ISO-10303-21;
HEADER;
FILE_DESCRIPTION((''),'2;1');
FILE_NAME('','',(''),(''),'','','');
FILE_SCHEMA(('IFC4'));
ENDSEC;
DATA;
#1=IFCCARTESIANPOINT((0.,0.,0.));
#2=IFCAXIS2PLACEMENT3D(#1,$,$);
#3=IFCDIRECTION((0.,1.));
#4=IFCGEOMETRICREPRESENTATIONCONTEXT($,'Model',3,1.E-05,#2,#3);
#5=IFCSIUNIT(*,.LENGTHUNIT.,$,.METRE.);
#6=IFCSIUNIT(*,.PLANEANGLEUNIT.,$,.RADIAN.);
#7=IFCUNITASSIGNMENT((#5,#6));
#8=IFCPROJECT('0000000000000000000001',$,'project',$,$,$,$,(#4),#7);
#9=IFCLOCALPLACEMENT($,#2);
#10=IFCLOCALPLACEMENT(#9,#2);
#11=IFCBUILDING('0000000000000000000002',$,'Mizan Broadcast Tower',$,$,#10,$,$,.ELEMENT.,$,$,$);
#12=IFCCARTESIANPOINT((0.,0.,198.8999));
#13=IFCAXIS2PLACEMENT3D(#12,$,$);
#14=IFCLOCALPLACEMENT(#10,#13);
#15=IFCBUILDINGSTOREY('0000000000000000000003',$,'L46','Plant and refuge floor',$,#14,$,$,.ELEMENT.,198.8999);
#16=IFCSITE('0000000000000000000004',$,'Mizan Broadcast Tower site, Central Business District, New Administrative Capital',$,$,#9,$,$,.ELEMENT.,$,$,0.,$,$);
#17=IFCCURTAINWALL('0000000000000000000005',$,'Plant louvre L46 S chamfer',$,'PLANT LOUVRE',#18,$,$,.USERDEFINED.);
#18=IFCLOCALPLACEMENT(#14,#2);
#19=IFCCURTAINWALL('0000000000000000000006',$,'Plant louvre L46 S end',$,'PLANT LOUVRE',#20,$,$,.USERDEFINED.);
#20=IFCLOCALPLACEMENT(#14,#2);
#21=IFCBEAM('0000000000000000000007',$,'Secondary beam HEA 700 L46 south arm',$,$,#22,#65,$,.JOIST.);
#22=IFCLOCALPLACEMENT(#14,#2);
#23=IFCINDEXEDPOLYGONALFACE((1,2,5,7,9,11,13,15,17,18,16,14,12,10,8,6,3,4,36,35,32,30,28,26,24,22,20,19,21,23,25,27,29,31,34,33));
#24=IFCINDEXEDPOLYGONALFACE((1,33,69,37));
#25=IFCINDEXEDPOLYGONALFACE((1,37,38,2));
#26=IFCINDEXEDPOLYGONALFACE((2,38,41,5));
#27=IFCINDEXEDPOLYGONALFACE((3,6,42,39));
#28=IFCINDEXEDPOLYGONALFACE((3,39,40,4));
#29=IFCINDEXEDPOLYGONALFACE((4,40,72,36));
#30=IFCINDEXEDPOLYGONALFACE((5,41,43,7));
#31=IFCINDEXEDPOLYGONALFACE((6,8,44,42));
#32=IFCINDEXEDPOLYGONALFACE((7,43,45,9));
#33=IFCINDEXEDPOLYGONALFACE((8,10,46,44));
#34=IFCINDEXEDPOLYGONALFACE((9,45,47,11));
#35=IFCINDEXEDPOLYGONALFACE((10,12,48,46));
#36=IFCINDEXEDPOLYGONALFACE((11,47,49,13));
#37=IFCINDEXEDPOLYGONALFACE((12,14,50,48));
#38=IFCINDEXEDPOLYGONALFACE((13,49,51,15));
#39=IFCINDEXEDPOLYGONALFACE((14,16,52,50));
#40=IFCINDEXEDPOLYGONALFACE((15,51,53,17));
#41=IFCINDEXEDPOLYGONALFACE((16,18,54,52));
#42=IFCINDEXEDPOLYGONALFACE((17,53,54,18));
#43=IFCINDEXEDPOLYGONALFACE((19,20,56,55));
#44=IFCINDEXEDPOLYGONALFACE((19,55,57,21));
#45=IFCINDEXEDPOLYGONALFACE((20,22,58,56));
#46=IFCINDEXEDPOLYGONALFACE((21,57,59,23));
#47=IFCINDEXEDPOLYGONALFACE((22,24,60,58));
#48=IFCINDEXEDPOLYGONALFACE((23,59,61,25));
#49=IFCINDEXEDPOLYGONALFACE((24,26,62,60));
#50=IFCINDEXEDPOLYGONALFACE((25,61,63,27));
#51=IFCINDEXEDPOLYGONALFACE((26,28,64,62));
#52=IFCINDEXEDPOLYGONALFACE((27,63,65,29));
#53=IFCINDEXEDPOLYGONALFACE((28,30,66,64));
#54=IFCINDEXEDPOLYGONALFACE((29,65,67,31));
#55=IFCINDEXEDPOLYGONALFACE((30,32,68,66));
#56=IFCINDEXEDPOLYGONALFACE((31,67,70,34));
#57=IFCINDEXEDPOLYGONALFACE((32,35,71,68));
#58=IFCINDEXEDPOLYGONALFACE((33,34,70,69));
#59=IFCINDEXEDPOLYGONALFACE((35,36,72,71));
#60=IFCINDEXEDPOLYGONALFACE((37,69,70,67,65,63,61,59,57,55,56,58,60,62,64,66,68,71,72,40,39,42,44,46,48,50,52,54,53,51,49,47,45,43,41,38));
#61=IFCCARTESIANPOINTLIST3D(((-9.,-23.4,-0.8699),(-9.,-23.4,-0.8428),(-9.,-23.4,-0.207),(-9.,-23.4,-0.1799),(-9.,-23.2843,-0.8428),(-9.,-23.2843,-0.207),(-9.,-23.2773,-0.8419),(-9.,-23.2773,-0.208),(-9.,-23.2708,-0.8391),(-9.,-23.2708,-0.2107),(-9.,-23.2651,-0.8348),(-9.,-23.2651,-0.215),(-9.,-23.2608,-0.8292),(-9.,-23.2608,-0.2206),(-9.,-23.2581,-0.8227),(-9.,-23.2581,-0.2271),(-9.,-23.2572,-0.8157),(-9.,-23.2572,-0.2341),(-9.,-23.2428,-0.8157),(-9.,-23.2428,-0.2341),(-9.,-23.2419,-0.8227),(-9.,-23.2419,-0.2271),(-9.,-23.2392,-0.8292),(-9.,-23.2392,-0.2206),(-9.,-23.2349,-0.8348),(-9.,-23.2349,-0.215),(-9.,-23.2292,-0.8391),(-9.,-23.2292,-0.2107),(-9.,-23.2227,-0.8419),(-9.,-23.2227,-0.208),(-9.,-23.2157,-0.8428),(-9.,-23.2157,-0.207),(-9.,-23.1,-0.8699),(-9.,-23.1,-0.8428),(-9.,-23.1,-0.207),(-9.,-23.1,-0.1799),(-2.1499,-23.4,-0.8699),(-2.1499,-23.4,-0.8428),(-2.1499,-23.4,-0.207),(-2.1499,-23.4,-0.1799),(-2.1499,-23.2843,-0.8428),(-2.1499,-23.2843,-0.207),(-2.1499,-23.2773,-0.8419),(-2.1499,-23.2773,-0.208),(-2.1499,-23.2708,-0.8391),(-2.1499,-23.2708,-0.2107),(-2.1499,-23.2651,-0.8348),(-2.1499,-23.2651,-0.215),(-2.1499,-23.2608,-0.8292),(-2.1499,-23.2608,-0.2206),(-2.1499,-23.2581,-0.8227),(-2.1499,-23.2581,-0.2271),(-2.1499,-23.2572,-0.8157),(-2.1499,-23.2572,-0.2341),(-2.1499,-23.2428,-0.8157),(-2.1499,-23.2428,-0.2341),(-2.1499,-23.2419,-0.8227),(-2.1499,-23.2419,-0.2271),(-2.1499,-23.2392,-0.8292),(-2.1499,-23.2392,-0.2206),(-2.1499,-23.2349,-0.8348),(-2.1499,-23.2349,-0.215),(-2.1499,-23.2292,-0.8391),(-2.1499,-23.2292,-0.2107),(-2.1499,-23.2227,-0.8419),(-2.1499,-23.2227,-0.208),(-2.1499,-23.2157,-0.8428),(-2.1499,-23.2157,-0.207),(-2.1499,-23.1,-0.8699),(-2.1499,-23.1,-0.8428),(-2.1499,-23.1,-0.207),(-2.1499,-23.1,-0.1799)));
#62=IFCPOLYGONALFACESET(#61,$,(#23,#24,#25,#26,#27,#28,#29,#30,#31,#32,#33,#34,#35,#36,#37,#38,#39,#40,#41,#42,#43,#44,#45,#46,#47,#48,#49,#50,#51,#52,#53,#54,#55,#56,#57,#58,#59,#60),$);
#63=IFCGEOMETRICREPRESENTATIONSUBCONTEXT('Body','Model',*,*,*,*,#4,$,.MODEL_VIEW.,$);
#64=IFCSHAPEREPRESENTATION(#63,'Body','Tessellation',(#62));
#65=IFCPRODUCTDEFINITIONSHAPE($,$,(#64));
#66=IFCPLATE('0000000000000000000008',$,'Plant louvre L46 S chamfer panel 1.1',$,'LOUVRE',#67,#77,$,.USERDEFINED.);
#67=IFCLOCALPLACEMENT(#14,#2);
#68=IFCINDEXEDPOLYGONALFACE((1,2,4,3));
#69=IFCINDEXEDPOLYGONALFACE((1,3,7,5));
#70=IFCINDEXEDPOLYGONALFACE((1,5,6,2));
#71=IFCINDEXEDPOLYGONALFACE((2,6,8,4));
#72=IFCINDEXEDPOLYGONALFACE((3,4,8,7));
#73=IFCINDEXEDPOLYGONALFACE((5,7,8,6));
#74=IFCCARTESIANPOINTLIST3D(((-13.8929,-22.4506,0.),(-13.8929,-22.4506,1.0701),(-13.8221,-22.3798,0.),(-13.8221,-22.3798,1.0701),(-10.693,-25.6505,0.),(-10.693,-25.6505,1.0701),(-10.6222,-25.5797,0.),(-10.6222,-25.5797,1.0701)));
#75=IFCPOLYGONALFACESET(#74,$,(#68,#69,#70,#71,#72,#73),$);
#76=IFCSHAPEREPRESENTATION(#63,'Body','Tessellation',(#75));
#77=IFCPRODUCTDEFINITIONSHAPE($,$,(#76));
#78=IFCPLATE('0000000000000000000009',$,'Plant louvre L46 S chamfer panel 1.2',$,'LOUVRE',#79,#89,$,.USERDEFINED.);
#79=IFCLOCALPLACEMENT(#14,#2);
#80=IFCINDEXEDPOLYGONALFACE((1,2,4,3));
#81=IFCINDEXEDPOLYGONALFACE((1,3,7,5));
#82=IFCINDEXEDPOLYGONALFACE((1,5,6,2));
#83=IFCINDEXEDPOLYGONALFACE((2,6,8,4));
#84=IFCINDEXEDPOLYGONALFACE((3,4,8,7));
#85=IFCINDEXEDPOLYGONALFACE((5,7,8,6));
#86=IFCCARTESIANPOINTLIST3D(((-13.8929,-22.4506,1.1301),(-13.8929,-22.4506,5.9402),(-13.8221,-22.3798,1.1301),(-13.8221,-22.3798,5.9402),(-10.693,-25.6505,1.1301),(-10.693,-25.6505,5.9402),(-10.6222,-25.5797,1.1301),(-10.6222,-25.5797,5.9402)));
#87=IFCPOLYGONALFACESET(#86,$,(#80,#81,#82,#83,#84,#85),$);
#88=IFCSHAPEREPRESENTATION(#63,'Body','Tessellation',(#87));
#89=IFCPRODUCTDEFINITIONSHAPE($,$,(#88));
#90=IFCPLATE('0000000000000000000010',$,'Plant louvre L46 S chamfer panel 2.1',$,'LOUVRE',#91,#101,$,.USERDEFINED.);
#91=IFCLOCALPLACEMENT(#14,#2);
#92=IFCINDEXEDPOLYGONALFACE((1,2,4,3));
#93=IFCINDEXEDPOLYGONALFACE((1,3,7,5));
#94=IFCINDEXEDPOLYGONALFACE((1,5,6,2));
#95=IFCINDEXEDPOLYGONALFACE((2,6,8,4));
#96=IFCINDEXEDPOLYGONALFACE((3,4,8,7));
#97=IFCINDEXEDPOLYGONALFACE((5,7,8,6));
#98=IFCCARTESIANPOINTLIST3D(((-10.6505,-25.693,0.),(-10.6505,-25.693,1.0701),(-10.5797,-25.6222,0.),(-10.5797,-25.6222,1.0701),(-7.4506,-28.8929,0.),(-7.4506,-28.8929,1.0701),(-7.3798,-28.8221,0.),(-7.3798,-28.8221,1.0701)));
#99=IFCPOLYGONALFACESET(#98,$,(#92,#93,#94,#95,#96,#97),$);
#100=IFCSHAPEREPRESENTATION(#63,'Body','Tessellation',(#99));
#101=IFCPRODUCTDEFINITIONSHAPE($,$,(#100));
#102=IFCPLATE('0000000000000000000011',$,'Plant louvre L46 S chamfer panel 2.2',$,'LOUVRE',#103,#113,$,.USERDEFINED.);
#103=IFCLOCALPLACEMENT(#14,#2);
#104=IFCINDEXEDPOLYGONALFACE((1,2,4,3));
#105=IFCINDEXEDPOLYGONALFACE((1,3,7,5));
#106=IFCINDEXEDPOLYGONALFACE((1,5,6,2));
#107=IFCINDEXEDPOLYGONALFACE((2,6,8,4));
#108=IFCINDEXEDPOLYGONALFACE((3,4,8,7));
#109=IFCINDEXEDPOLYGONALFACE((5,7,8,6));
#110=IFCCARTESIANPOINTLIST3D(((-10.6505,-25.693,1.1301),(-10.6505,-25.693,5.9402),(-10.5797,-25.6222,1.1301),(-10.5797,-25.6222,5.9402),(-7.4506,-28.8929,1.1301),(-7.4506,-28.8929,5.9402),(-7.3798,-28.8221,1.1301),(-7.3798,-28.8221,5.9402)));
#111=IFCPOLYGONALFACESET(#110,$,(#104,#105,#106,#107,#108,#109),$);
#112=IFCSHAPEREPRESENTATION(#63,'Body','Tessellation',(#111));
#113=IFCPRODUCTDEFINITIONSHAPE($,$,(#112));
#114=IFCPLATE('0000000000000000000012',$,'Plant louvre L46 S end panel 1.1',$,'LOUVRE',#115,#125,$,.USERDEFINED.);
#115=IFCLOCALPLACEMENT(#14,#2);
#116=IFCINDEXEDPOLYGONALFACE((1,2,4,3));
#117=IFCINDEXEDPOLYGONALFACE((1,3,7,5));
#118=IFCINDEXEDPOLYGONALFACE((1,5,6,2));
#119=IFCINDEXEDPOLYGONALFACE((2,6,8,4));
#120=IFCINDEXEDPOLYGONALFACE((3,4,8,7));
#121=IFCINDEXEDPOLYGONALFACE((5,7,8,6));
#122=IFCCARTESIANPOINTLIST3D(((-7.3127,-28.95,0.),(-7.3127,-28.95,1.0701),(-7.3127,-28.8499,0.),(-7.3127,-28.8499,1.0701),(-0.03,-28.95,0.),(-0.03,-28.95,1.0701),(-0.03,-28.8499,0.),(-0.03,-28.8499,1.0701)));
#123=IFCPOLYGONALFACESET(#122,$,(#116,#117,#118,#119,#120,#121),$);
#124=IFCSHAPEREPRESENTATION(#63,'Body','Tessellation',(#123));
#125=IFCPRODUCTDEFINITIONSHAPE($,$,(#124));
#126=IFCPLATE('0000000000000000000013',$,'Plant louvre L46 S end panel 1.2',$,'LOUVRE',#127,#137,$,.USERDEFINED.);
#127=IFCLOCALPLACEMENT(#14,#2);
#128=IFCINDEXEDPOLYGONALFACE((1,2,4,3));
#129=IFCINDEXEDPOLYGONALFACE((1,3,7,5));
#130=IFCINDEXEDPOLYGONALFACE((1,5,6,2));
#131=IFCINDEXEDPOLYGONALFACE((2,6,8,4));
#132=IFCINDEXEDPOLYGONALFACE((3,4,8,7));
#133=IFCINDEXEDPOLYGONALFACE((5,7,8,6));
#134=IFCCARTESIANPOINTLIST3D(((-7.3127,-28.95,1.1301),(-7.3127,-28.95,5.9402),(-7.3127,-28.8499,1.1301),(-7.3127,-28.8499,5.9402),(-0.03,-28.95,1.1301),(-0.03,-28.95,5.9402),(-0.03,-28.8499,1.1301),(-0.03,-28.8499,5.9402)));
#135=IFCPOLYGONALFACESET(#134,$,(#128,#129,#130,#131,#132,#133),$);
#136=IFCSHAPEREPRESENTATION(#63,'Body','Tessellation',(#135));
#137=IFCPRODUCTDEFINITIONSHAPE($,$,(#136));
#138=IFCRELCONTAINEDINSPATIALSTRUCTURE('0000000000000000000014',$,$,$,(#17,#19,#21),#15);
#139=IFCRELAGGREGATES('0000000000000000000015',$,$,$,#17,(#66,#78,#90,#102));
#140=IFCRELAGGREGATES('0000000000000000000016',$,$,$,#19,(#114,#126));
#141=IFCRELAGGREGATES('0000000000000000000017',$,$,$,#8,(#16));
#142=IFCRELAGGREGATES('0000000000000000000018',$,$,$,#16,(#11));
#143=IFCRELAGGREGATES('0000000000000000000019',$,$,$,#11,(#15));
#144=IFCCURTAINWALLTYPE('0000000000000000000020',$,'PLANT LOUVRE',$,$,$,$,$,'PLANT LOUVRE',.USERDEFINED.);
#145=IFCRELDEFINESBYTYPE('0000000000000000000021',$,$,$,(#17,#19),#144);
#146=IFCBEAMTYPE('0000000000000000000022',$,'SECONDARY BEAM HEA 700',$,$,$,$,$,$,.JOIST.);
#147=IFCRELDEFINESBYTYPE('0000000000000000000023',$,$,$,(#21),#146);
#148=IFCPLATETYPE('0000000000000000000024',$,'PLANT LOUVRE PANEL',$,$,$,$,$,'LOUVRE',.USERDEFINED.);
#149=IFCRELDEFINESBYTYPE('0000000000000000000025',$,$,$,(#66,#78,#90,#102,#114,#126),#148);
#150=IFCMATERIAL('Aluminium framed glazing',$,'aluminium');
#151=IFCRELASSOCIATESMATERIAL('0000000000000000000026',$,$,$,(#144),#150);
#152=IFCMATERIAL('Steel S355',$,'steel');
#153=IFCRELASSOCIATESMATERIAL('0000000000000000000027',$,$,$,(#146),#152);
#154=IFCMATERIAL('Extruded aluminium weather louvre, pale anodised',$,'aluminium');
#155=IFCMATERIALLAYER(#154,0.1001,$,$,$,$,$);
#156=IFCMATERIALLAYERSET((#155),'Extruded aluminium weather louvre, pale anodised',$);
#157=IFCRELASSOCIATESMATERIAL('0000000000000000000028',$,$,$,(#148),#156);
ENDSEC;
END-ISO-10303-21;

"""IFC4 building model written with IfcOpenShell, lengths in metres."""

from ifc_helpers import new_model, si_unit, direction, frame, origin, origin_2d, place, context, subcontext, project, spatial, rectangle, i_section, extrude, material, layer, layer_set, material_profile, profile_set, type_object, element, aggregate, save


model = new_model("IFC4")

# Units and contexts
model_context = context("Model", 3, precision=1e-05, world=origin(), true_north=direction((0.0, 1.0)))
body_context = subcontext(model_context, "Body", "Model", "MODEL_VIEW")
ifc_project = project(units=[si_unit("LENGTHUNIT", "METRE"), si_unit("PLANEANGLEUNIT", "RADIAN")], contexts=[model_context])

# Site, building, storey
site_placement = place(None, origin())
site = spatial("IfcSite", under=ifc_project, at=site_placement, Name="Mizan Broadcast Tower site, Central Business District, New Administrative Capital", CompositionType="ELEMENT", RefElevation=0.0)
building_placement = place(site_placement, origin())
building = spatial("IfcBuilding", under=site, at=building_placement, Name="Mizan Broadcast Tower", CompositionType="ELEMENT")
storey_placement = place(building_placement, frame((0.0, 0.0, 198.8999)))
storey = spatial("IfcBuildingStorey", under=building, at=storey_placement, Name="L46", Description="Plant and refuge floor", CompositionType="ELEMENT", Elevation=198.8999)

# Curtain walls
ifc_material_1 = material(Name="Aluminium framed glazing", Category="aluminium")
curtain_wall_type = type_object("IfcCurtainWallType", Name="PLANT LOUVRE", ElementType="PLANT LOUVRE", PredefinedType="USERDEFINED", material=ifc_material_1)
curtain_wall_1_placement = place(storey_placement, origin())
curtain_wall_1 = element("IfcCurtainWall", 1, at=curtain_wall_1_placement, inside=storey, type_object=curtain_wall_type, Name="Plant louvre L46 S chamfer", ObjectType="PLANT LOUVRE", PredefinedType="USERDEFINED")
curtain_wall_2_placement = place(storey_placement, origin())
curtain_wall_2 = element("IfcCurtainWall", 2, at=curtain_wall_2_placement, inside=storey, type_object=curtain_wall_type, Name="Plant louvre L46 S end", ObjectType="PLANT LOUVRE", PredefinedType="USERDEFINED")

# Beam
ifc_material_2 = material(Name="Steel S355", Category="steel")
ifc_material_profile_1 = material_profile(ifc_material_2, i_section(OverallWidth=0.3, OverallDepth=0.6899, WebThickness=0.0144, FlangeThickness=0.0271, FilletRadius=0.0271, at=origin_2d()), Name="HEA 700")
ifc_profile_set_1 = profile_set([ifc_material_profile_1], Name="Steel S355")
beam_type_1 = type_object("IfcBeamType", Name="SECONDARY BEAM HEA 700", PredefinedType="JOIST", material=ifc_profile_set_1)
beam_1_placement = place(storey_placement, frame((-9.0, -23.25, -0.5249), z_axis=(1.0, 0.0, 0.0), x_axis=(0.0, 1.0, 0.0)))
element("IfcBeam", 3, at=beam_1_placement, inside=storey, type_object=beam_type_1, Name="Secondary beam HEA 700 L46 south arm", PredefinedType="JOIST", context=body_context, shape_type="SweptSolid", body=[
    extrude(i_section(OverallWidth=0.3, OverallDepth=0.6899, WebThickness=0.0144, FlangeThickness=0.0271, FilletRadius=0.0271, at=origin_2d()), origin(), (0.0, 0.0, 1.0), 6.8501),
])

# Plates
ifc_material_3 = material(Name="Extruded aluminium weather louvre, pale anodised", Category="aluminium")
ifc_layer = layer(ifc_material_3, 0.1001)
ifc_layer_set = layer_set([ifc_layer], Name="Extruded aluminium weather louvre, pale anodised")
plate_type = type_object("IfcPlateType", Name="PLANT LOUVRE PANEL", ElementType="LOUVRE", PredefinedType="USERDEFINED", material=ifc_layer_set)
plate_1_placement = place(storey_placement, frame((-12.2576, -24.0151, 0.0), z_axis=(0.0, 0.0, 1.0), x_axis=(0.707107, -0.707107, 0.0)))
plate_1 = element("IfcPlate", 4, at=plate_1_placement, type_object=plate_type, Name="Plant louvre L46 S chamfer panel 1.1", ObjectType="LOUVRE", PredefinedType="USERDEFINED", context=body_context, shape_type="SweptSolid", body=[
    extrude(rectangle(XDim=4.5254, YDim=0.1001, at=origin_2d()), origin(), (0.0, 0.0, 1.0), 1.0701),
])
plate_2_placement = place(storey_placement, frame((-12.2576, -24.0151, 1.1301), z_axis=(0.0, 0.0, 1.0), x_axis=(0.707107, -0.707107, 0.0)))
plate_2 = element("IfcPlate", 5, at=plate_2_placement, type_object=plate_type, Name="Plant louvre L46 S chamfer panel 1.2", ObjectType="LOUVRE", PredefinedType="USERDEFINED", context=body_context, shape_type="SweptSolid", body=[
    extrude(rectangle(XDim=4.5254, YDim=0.1001, at=origin_2d()), origin(), (0.0, 0.0, 1.0), 4.8101),
])
plate_3_placement = place(storey_placement, frame((-9.0151, -27.2576, 0.0), z_axis=(0.0, 0.0, 1.0), x_axis=(0.707107, -0.707107, 0.0)))
plate_3 = element("IfcPlate", 6, at=plate_3_placement, type_object=plate_type, Name="Plant louvre L46 S chamfer panel 2.1", ObjectType="LOUVRE", PredefinedType="USERDEFINED", context=body_context, shape_type="SweptSolid", body=[
    extrude(rectangle(XDim=4.5254, YDim=0.1001, at=origin_2d()), origin(), (0.0, 0.0, 1.0), 1.0701),
])
plate_4_placement = place(storey_placement, frame((-9.0151, -27.2576, 1.1301), z_axis=(0.0, 0.0, 1.0), x_axis=(0.707107, -0.707107, 0.0)))
plate_4 = element("IfcPlate", 7, at=plate_4_placement, type_object=plate_type, Name="Plant louvre L46 S chamfer panel 2.2", ObjectType="LOUVRE", PredefinedType="USERDEFINED", context=body_context, shape_type="SweptSolid", body=[
    extrude(rectangle(XDim=4.5254, YDim=0.1001, at=origin_2d()), origin(), (0.0, 0.0, 1.0), 4.8101),
])
aggregate(curtain_wall_1, [plate_1, plate_2, plate_3, plate_4])
plate_5_placement = place(storey_placement, frame((-3.6714, -28.8999, 0.0), z_axis=(0.0, 0.0, 1.0), x_axis=(1.0, 0.0, 0.0)))
plate_5 = element("IfcPlate", 8, at=plate_5_placement, type_object=plate_type, Name="Plant louvre L46 S end panel 1.1", ObjectType="LOUVRE", PredefinedType="USERDEFINED", context=body_context, shape_type="SweptSolid", body=[
    extrude(rectangle(XDim=7.2827, YDim=0.1001, at=origin_2d()), origin(), (0.0, 0.0, 1.0), 1.0701),
])
plate_6_placement = place(storey_placement, frame((-3.6714, -28.8999, 1.1301), z_axis=(0.0, 0.0, 1.0), x_axis=(1.0, 0.0, 0.0)))
plate_6 = element("IfcPlate", 9, at=plate_6_placement, type_object=plate_type, Name="Plant louvre L46 S end panel 1.2", ObjectType="LOUVRE", PredefinedType="USERDEFINED", context=body_context, shape_type="SweptSolid", body=[
    extrude(rectangle(XDim=7.2827, YDim=0.1001, at=origin_2d()), origin(), (0.0, 0.0, 1.0), 4.8101),
])
aggregate(curtain_wall_2, [plate_5, plate_6])

save(model, "model.ifc")
